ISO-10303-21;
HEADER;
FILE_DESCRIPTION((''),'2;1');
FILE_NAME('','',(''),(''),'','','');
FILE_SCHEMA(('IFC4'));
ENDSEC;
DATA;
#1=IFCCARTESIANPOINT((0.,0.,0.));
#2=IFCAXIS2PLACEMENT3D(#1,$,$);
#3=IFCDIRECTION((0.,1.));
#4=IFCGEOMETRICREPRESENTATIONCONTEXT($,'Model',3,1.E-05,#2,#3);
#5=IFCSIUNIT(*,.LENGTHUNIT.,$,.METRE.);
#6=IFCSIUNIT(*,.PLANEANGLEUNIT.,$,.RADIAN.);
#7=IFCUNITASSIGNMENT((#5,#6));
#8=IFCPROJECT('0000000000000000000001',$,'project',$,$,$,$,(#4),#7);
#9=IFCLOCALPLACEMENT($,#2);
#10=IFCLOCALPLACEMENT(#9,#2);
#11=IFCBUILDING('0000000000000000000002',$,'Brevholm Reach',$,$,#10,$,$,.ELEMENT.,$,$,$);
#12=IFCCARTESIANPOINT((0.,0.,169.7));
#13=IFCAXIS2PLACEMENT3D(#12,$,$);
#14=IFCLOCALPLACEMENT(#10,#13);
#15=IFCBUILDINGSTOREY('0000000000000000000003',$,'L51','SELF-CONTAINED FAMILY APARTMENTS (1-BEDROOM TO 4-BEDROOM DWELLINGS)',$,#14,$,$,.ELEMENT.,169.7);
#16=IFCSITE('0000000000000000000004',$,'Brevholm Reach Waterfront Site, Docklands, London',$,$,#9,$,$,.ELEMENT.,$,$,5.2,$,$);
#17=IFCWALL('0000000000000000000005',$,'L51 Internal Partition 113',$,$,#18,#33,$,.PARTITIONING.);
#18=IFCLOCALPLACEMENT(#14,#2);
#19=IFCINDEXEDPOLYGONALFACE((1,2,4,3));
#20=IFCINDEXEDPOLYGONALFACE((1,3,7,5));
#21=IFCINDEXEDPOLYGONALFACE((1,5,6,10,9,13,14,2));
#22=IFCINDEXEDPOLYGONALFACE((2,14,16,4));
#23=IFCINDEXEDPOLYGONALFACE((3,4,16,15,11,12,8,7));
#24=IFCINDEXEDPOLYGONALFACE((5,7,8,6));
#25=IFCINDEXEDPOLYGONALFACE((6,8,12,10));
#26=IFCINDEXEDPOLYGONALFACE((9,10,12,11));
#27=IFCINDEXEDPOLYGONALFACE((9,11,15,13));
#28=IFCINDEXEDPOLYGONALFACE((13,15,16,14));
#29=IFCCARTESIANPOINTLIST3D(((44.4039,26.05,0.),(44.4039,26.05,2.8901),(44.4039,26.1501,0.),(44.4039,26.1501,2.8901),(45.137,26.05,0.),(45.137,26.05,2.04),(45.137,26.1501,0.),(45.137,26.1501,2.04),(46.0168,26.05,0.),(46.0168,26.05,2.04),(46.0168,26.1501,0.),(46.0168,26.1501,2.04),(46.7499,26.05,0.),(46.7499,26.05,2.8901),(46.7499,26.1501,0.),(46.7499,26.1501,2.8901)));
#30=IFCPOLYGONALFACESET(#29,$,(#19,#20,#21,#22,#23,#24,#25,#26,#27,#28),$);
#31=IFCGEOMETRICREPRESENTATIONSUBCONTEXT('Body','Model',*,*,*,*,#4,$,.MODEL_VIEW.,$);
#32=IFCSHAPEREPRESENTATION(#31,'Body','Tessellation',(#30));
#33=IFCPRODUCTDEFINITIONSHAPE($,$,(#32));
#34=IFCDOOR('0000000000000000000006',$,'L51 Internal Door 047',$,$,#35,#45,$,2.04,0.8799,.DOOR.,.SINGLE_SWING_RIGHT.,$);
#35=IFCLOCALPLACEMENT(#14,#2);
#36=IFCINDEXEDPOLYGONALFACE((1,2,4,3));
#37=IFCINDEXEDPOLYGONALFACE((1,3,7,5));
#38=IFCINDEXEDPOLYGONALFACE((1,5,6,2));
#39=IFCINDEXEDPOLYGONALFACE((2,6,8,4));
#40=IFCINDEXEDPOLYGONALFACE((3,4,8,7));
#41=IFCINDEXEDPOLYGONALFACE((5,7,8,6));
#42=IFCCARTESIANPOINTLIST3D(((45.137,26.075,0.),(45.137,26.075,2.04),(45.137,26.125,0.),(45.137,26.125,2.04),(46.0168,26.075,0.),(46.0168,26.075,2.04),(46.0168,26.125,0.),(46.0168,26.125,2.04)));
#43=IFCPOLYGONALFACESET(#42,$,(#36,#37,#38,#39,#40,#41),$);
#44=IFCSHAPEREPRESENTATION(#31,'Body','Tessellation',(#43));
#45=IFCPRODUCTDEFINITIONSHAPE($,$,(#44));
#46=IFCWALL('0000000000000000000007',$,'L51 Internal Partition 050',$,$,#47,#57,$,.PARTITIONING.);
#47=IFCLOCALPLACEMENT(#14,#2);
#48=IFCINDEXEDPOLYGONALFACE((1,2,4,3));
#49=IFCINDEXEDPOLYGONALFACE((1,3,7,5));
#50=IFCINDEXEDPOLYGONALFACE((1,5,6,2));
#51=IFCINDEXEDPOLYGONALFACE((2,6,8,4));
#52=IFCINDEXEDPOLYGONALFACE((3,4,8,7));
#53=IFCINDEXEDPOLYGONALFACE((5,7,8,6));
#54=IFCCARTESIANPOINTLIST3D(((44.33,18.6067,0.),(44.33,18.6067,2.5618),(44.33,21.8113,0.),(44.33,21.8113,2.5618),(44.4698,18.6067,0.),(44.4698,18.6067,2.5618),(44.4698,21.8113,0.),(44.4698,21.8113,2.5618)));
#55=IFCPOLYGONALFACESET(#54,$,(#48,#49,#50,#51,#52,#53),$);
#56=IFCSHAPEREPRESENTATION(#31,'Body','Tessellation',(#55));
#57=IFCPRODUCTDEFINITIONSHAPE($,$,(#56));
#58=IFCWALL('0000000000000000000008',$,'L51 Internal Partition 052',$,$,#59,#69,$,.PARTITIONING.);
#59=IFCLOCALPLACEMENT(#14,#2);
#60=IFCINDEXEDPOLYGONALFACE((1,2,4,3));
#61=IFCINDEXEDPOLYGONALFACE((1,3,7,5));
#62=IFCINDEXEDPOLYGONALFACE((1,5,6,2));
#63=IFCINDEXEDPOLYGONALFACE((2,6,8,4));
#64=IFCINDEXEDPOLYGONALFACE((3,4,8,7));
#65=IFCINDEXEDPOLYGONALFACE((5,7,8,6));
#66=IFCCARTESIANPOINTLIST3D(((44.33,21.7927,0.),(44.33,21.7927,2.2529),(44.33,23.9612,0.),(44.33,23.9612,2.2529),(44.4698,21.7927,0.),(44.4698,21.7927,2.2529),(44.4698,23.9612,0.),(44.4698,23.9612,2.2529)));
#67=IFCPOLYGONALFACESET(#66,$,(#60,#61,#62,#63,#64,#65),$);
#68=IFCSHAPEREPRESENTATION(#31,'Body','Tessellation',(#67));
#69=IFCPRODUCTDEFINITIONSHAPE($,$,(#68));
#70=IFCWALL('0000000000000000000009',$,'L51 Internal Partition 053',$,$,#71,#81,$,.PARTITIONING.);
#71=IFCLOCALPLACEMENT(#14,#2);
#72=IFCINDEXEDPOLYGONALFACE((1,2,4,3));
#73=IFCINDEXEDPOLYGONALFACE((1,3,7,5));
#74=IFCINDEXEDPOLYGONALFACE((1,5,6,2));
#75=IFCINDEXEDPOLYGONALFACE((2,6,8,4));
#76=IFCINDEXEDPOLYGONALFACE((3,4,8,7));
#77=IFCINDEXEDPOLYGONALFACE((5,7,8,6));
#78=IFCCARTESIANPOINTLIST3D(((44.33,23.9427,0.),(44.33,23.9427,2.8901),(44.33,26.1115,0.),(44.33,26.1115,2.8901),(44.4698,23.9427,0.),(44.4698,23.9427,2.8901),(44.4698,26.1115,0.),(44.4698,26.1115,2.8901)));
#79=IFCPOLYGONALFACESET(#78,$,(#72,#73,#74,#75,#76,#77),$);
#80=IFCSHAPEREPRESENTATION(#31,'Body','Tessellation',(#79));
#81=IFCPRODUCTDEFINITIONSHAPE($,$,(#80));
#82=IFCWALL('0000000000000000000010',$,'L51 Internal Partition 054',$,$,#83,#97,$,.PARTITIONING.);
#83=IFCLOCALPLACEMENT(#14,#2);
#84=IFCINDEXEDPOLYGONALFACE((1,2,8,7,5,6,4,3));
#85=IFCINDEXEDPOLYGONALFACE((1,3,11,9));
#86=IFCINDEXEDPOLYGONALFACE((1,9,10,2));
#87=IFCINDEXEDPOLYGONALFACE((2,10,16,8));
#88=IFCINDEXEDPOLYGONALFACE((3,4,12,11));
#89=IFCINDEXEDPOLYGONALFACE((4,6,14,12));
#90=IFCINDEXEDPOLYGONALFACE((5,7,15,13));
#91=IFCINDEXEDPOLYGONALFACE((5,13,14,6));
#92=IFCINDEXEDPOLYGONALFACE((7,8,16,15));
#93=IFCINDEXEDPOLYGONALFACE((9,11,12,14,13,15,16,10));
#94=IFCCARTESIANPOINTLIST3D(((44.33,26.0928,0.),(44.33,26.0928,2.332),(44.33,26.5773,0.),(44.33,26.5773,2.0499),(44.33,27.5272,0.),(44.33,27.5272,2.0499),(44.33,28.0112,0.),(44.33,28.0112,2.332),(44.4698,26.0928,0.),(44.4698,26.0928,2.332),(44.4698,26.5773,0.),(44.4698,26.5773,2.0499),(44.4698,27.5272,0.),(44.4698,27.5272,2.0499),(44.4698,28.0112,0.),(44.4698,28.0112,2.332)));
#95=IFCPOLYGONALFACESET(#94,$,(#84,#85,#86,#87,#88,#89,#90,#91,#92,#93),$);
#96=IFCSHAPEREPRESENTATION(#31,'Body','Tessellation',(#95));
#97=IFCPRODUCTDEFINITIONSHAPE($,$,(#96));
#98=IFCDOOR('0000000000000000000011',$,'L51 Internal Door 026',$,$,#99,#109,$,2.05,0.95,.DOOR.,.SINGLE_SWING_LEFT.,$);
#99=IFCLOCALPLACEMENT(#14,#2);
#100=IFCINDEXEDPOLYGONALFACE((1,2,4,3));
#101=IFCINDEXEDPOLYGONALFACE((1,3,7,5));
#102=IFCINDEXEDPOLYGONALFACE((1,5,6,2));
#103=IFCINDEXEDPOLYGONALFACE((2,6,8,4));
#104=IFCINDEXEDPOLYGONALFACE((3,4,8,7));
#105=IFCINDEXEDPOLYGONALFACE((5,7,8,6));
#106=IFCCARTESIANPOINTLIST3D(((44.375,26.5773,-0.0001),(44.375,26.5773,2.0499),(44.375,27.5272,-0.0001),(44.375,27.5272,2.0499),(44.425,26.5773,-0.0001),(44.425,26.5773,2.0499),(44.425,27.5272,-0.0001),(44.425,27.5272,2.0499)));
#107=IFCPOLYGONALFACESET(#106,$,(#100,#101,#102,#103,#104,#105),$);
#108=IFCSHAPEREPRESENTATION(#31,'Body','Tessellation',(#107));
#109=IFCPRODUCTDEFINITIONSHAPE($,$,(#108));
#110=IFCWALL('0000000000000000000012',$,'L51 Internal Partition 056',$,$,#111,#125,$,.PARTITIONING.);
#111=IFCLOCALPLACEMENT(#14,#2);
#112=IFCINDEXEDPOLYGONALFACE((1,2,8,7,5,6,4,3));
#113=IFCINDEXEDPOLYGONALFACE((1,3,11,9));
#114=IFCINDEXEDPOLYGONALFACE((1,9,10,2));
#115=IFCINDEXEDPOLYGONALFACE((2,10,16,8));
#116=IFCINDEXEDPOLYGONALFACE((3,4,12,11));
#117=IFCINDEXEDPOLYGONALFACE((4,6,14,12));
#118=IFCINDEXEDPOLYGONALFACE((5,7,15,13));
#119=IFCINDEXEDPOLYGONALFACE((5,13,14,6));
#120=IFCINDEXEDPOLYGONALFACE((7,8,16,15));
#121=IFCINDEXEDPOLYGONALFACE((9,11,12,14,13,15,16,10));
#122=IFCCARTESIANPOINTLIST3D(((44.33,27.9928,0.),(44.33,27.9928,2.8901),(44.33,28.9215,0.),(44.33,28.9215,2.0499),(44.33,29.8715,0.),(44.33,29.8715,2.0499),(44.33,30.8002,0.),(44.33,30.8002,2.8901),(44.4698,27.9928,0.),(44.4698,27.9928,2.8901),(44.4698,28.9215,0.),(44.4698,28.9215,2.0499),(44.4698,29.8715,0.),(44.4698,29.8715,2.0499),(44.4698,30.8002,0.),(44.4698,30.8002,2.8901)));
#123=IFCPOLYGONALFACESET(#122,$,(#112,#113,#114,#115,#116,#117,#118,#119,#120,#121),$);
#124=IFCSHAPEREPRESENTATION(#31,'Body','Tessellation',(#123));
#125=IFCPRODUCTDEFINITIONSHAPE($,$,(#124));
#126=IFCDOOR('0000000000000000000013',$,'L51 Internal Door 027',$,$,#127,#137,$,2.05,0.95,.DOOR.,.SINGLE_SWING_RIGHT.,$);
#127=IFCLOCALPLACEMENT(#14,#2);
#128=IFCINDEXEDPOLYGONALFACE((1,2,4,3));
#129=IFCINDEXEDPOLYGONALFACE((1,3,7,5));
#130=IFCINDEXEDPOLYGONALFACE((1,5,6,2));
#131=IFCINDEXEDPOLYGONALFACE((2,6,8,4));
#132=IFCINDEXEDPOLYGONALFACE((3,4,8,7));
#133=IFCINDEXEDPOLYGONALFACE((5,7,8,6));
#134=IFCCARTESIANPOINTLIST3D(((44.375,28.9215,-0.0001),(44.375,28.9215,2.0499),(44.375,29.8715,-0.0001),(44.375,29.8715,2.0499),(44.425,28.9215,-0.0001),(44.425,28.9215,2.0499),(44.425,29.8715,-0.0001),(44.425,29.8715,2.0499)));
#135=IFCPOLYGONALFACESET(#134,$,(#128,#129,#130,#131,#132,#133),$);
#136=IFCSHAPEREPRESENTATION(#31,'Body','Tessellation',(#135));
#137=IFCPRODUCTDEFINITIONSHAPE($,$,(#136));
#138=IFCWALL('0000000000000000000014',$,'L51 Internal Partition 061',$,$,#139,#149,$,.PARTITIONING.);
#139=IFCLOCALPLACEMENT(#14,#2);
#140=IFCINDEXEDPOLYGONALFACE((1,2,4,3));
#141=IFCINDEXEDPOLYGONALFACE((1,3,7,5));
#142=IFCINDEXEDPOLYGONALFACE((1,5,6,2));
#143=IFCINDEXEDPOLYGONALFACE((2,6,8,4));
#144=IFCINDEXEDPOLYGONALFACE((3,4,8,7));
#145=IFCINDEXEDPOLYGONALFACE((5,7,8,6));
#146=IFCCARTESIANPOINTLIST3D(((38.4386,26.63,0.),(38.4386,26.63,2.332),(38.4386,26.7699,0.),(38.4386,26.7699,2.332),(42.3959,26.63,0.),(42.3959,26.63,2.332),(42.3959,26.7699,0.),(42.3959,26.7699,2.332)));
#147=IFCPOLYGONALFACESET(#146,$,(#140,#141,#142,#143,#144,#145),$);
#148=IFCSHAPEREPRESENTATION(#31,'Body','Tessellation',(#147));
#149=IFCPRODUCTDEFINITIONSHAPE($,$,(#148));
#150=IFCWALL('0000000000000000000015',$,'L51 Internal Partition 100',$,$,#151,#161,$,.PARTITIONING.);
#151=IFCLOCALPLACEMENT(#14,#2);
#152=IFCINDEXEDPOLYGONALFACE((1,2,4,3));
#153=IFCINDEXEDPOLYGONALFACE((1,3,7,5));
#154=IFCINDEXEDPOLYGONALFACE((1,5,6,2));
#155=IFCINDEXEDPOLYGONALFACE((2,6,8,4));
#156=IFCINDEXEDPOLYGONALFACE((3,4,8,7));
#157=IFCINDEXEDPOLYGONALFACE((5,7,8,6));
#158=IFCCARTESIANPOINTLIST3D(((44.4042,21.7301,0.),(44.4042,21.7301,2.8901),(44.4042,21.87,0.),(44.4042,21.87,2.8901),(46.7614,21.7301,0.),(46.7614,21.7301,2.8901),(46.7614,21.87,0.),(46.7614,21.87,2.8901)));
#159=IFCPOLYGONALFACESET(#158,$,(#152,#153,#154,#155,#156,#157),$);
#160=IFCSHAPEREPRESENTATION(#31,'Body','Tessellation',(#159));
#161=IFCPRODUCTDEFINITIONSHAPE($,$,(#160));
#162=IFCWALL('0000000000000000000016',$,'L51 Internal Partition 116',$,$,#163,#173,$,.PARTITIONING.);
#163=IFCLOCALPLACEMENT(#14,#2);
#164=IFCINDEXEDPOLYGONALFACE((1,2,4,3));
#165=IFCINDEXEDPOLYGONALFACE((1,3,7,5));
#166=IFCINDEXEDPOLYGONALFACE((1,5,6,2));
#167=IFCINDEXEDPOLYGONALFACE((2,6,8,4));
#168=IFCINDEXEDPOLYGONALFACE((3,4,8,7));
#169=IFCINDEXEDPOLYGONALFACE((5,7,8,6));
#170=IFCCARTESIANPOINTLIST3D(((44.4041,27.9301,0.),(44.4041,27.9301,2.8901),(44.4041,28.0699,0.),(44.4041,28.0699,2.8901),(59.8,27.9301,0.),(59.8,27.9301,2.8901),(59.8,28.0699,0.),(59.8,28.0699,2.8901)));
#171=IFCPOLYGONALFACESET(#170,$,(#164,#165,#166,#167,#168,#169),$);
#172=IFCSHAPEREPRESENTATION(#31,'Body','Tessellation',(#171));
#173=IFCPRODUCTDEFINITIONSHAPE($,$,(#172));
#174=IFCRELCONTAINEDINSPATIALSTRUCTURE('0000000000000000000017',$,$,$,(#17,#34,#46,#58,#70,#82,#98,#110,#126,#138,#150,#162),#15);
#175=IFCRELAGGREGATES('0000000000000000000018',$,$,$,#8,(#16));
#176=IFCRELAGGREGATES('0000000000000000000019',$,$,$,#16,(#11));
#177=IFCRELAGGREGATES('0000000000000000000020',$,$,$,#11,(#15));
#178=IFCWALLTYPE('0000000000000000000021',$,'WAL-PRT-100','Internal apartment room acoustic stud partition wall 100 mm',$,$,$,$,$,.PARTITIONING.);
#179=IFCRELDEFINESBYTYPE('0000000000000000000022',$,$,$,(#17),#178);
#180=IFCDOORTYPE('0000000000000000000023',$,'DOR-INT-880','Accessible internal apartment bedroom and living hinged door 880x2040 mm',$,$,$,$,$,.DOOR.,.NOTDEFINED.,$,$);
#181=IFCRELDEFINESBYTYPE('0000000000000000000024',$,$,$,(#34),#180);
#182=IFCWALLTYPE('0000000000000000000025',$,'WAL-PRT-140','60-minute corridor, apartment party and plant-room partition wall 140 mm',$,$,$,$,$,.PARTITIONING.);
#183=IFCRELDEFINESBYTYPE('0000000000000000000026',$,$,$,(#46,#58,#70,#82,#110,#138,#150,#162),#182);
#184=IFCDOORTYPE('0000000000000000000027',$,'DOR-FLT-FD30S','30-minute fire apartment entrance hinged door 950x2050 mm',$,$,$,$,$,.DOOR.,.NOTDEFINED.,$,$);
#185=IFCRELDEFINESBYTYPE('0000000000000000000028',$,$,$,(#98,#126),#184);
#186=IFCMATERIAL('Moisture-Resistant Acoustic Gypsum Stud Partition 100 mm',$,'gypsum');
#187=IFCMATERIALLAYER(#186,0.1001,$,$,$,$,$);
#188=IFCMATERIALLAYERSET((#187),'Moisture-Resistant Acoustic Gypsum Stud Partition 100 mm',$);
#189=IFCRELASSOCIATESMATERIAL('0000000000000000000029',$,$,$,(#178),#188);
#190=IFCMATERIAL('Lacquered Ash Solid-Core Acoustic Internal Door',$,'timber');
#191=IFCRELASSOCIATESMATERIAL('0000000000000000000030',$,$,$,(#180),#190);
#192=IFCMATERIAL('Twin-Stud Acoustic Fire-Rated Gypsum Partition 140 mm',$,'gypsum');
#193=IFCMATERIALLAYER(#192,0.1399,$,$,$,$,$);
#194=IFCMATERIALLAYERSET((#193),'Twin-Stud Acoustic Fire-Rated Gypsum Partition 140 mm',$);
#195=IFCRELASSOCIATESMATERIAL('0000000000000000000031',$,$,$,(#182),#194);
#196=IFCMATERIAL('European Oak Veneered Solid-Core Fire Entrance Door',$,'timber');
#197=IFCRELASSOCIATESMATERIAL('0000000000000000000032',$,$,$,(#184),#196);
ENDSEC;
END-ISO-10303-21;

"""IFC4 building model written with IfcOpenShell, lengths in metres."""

from ifc_helpers import new_model, si_unit, direction, frame, frame_2d, origin, place, context, subcontext, project, spatial, rectangle, extrude, material, layer, layer_set, type_object, element, fill, save


model = new_model("IFC4")

# Units and contexts
model_context = context("Model", 3, precision=1e-05, world=origin(), true_north=direction((0.0, 1.0)))
body_context = subcontext(model_context, "Body", "Model", "MODEL_VIEW")
ifc_project = project(units=[si_unit("LENGTHUNIT", "METRE"), si_unit("PLANEANGLEUNIT", "RADIAN")], contexts=[model_context])

# Site, building, storey
site_placement = place(None, origin())
site = spatial("IfcSite", under=ifc_project, at=site_placement, Name="Brevholm Reach Waterfront Site, Docklands, London", CompositionType="ELEMENT", RefElevation=5.2)
building_placement = place(site_placement, origin())
building = spatial("IfcBuilding", under=site, at=building_placement, Name="Brevholm Reach", CompositionType="ELEMENT")
storey_placement = place(building_placement, frame((0.0, 0.0, 169.7)))
storey = spatial("IfcBuildingStorey", under=building, at=storey_placement, Name="L51", Description="SELF-CONTAINED FAMILY APARTMENTS (1-BEDROOM TO 4-BEDROOM DWELLINGS)", CompositionType="ELEMENT", Elevation=169.7)

# Shared definitions
ifc_material_1 = material(Name="Moisture-Resistant Acoustic Gypsum Stud Partition 100 mm", Category="gypsum")
ifc_layer_1 = layer(ifc_material_1, 0.1001)
ifc_layer_set_1 = layer_set([ifc_layer_1], Name="Moisture-Resistant Acoustic Gypsum Stud Partition 100 mm")
wall_type_1 = type_object("IfcWallType", Name="WAL-PRT-100", Description="Internal apartment room acoustic stud partition wall 100 mm", PredefinedType="PARTITIONING", material=ifc_layer_set_1)
ifc_material_2 = material(Name="Lacquered Ash Solid-Core Acoustic Internal Door", Category="timber")
door_type_1 = type_object("IfcDoorType", Name="DOR-INT-880", Description="Accessible internal apartment bedroom and living hinged door 880x2040 mm", OperationType="NOTDEFINED", PredefinedType="DOOR", material=ifc_material_2)

# Wall, opening, door
wall_1_placement = place(storey_placement, frame((44.4041, 26.1001, 0.0), z_axis=(0.0, 0.0, 1.0), x_axis=(1.0, 0.0, 0.0)))
wall_1 = element("IfcWall", 1, at=wall_1_placement, inside=storey, type_object=wall_type_1, Name="L51 Internal Partition 113", PredefinedType="PARTITIONING", context=body_context, shape_type="SweptSolid", body=[
    extrude(rectangle(XDim=2.3459, YDim=0.1001, at=frame_2d((1.1729, 0.0))), origin(), (0.0, 0.0, 1.0), 2.8901),
])
opening_1_placement = place(wall_1_placement, frame((0.7329, 0.0, 0.0)))
opening_1 = element("IfcOpeningElement", 2, at=opening_1_placement, cuts=wall_1, PredefinedType="OPENING", context=body_context, shape_type="SweptSolid", body=[
    extrude(rectangle(XDim=0.8799, YDim=2.04, at=frame_2d((0.4399, 1.02))), frame((0.0, 0.0601, 0.0), z_axis=(0.0, -1.0, 0.0), x_axis=(1.0, 0.0, 0.0)), (0.0, 0.0, 1.0), 0.1201),
])
door_1_placement = place(opening_1_placement, origin())
door_1 = element("IfcDoor", 3, at=door_1_placement, inside=storey, type_object=door_type_1, Name="L51 Internal Door 047", OperationType="SINGLE_SWING_RIGHT", OverallHeight=2.04, OverallWidth=0.8799, PredefinedType="DOOR", context=body_context, shape_type="SweptSolid", body=[
    extrude(rectangle(XDim=0.8799, YDim=2.04, at=frame_2d((0.4399, 1.02))), frame((0.0, 0.0249, 0.0), z_axis=(0.0, -1.0, 0.0), x_axis=(1.0, 0.0, 0.0)), (0.0, 0.0, 1.0), 0.05),
])
fill(opening_1, door_1)

# Walls
ifc_material_3 = material(Name="Twin-Stud Acoustic Fire-Rated Gypsum Partition 140 mm", Category="gypsum")
ifc_layer_2 = layer(ifc_material_3, 0.1399)
ifc_layer_set_2 = layer_set([ifc_layer_2], Name="Twin-Stud Acoustic Fire-Rated Gypsum Partition 140 mm")
wall_type_2 = type_object("IfcWallType", Name="WAL-PRT-140", Description="60-minute corridor, apartment party and plant-room partition wall 140 mm", PredefinedType="PARTITIONING", material=ifc_layer_set_2)
wall_2_placement = place(storey_placement, frame((44.3999, 18.6067, 0.0), z_axis=(0.0, 0.0, 1.0), x_axis=(0.0, 1.0, 0.0)))
element("IfcWall", 4, at=wall_2_placement, inside=storey, type_object=wall_type_2, Name="L51 Internal Partition 050", PredefinedType="PARTITIONING", context=body_context, shape_type="SweptSolid", body=[
    extrude(rectangle(XDim=3.2046, YDim=0.1399, at=frame_2d((1.6023, 0.0))), origin(), (0.0, 0.0, 1.0), 2.5618),
])
wall_3_placement = place(storey_placement, frame((44.3999, 21.7927, 0.0), z_axis=(0.0, 0.0, 1.0), x_axis=(0.0, 1.0, 0.0)))
element("IfcWall", 5, at=wall_3_placement, inside=storey, type_object=wall_type_2, Name="L51 Internal Partition 052", PredefinedType="PARTITIONING", context=body_context, shape_type="SweptSolid", body=[
    extrude(rectangle(XDim=2.1685, YDim=0.1399, at=frame_2d((1.0842, 0.0))), origin(), (0.0, 0.0, 1.0), 2.2529),
])
wall_4_placement = place(storey_placement, frame((44.3999, 23.9426, 0.0), z_axis=(0.0, 0.0, 1.0), x_axis=(0.0, 1.0, 0.0)))
element("IfcWall", 6, at=wall_4_placement, inside=storey, type_object=wall_type_2, Name="L51 Internal Partition 053", PredefinedType="PARTITIONING", context=body_context, shape_type="SweptSolid", body=[
    extrude(rectangle(XDim=2.1687, YDim=0.1399, at=frame_2d((1.0845, 0.0))), origin(), (0.0, 0.0, 1.0), 2.8901),
])

# Walls, openings, doors
wall_5_placement = place(storey_placement, frame((44.3999, 26.0928, 0.0), z_axis=(0.0, 0.0, 1.0), x_axis=(0.0, 1.0, 0.0)))
wall_5 = element("IfcWall", 7, at=wall_5_placement, inside=storey, type_object=wall_type_2, Name="L51 Internal Partition 054", PredefinedType="PARTITIONING", context=body_context, shape_type="SweptSolid", body=[
    extrude(rectangle(XDim=1.9185, YDim=0.1399, at=frame_2d((0.9592, 0.0))), origin(), (0.0, 0.0, 1.0), 2.332),
])
opening_2_placement = place(wall_5_placement, frame((0.4844, 0.0, 0.0)))
opening_2 = element("IfcOpeningElement", 8, at=opening_2_placement, cuts=wall_5, PredefinedType="OPENING", context=body_context, shape_type="SweptSolid", body=[
    extrude(rectangle(XDim=0.95, YDim=2.05, at=frame_2d((0.4751, 1.0249))), frame((0.0, 0.0798, 0.0), z_axis=(0.0, -1.0, 0.0), x_axis=(1.0, 0.0, 0.0)), (0.0, 0.0, 1.0), 0.1599),
])
ifc_material_4 = material(Name="European Oak Veneered Solid-Core Fire Entrance Door", Category="timber")
door_type_2 = type_object("IfcDoorType", Name="DOR-FLT-FD30S", Description="30-minute fire apartment entrance hinged door 950x2050 mm", OperationType="NOTDEFINED", PredefinedType="DOOR", material=ifc_material_4)
door_2_placement = place(opening_2_placement, origin())
door_2 = element("IfcDoor", 9, at=door_2_placement, inside=storey, type_object=door_type_2, Name="L51 Internal Door 026", OperationType="SINGLE_SWING_LEFT", OverallHeight=2.05, OverallWidth=0.95, PredefinedType="DOOR", context=body_context, shape_type="SweptSolid", body=[
    extrude(rectangle(XDim=0.95, YDim=2.05, at=frame_2d((0.4751, 1.0249))), frame((0.0, 0.0249, 0.0), z_axis=(0.0, -1.0, 0.0), x_axis=(1.0, 0.0, 0.0)), (0.0, 0.0, 1.0), 0.05),
])
fill(opening_2, door_2)
wall_6_placement = place(storey_placement, frame((44.3999, 27.9927, 0.0), z_axis=(0.0, 0.0, 1.0), x_axis=(0.0, 1.0, 0.0)))
wall_6 = element("IfcWall", 10, at=wall_6_placement, inside=storey, type_object=wall_type_2, Name="L51 Internal Partition 056", PredefinedType="PARTITIONING", context=body_context, shape_type="SweptSolid", body=[
    extrude(rectangle(XDim=2.8074, YDim=0.1399, at=frame_2d((1.4038, 0.0))), origin(), (0.0, 0.0, 1.0), 2.8901),
])
opening_3_placement = place(wall_6_placement, frame((0.9287, 0.0, 0.0)))
opening_3 = element("IfcOpeningElement", 11, at=opening_3_placement, cuts=wall_6, PredefinedType="OPENING", context=body_context, shape_type="SweptSolid", body=[
    extrude(rectangle(XDim=0.95, YDim=2.05, at=frame_2d((0.4751, 1.0249))), frame((0.0, 0.0798, 0.0), z_axis=(0.0, -1.0, 0.0), x_axis=(1.0, 0.0, 0.0)), (0.0, 0.0, 1.0), 0.1599),
])
door_3_placement = place(opening_3_placement, origin())
door_3 = element("IfcDoor", 12, at=door_3_placement, inside=storey, type_object=door_type_2, Name="L51 Internal Door 027", OperationType="SINGLE_SWING_RIGHT", OverallHeight=2.05, OverallWidth=0.95, PredefinedType="DOOR", context=body_context, shape_type="SweptSolid", body=[
    extrude(rectangle(XDim=0.95, YDim=2.05, at=frame_2d((0.4751, 1.0249))), frame((0.0, 0.0249, 0.0), z_axis=(0.0, -1.0, 0.0), x_axis=(1.0, 0.0, 0.0)), (0.0, 0.0, 1.0), 0.05),
])
fill(opening_3, door_3)

# Walls
wall_7_placement = place(storey_placement, frame((38.4387, 26.7, 0.0), z_axis=(0.0, 0.0, 1.0), x_axis=(1.0, 0.0, 0.0)))
element("IfcWall", 13, at=wall_7_placement, inside=storey, type_object=wall_type_2, Name="L51 Internal Partition 061", PredefinedType="PARTITIONING", context=body_context, shape_type="SweptSolid", body=[
    extrude(rectangle(XDim=3.9573, YDim=0.1399, at=frame_2d((1.9785, 0.0))), origin(), (0.0, 0.0, 1.0), 2.332),
])
wall_8_placement = place(storey_placement, frame((44.4041, 21.8, 0.0), z_axis=(0.0, 0.0, 1.0), x_axis=(1.0, 0.0, 0.0)))
element("IfcWall", 14, at=wall_8_placement, inside=storey, type_object=wall_type_2, Name="L51 Internal Partition 100", PredefinedType="PARTITIONING", context=body_context, shape_type="SweptSolid", body=[
    extrude(rectangle(XDim=2.3572, YDim=0.1399, at=frame_2d((1.1787, 0.0))), origin(), (0.0, 0.0, 1.0), 2.8901),
])
wall_9_placement = place(storey_placement, frame((44.4041, 28.0, 0.0), z_axis=(0.0, 0.0, 1.0), x_axis=(1.0, 0.0, 0.0)))
element("IfcWall", 15, at=wall_9_placement, inside=storey, type_object=wall_type_2, Name="L51 Internal Partition 116", PredefinedType="PARTITIONING", context=body_context, shape_type="SweptSolid", body=[
    extrude(rectangle(XDim=15.396, YDim=0.1399, at=frame_2d((7.698, 0.0))), origin(), (0.0, 0.0, 1.0), 2.8901),
])

save(model, "model.ifc")
